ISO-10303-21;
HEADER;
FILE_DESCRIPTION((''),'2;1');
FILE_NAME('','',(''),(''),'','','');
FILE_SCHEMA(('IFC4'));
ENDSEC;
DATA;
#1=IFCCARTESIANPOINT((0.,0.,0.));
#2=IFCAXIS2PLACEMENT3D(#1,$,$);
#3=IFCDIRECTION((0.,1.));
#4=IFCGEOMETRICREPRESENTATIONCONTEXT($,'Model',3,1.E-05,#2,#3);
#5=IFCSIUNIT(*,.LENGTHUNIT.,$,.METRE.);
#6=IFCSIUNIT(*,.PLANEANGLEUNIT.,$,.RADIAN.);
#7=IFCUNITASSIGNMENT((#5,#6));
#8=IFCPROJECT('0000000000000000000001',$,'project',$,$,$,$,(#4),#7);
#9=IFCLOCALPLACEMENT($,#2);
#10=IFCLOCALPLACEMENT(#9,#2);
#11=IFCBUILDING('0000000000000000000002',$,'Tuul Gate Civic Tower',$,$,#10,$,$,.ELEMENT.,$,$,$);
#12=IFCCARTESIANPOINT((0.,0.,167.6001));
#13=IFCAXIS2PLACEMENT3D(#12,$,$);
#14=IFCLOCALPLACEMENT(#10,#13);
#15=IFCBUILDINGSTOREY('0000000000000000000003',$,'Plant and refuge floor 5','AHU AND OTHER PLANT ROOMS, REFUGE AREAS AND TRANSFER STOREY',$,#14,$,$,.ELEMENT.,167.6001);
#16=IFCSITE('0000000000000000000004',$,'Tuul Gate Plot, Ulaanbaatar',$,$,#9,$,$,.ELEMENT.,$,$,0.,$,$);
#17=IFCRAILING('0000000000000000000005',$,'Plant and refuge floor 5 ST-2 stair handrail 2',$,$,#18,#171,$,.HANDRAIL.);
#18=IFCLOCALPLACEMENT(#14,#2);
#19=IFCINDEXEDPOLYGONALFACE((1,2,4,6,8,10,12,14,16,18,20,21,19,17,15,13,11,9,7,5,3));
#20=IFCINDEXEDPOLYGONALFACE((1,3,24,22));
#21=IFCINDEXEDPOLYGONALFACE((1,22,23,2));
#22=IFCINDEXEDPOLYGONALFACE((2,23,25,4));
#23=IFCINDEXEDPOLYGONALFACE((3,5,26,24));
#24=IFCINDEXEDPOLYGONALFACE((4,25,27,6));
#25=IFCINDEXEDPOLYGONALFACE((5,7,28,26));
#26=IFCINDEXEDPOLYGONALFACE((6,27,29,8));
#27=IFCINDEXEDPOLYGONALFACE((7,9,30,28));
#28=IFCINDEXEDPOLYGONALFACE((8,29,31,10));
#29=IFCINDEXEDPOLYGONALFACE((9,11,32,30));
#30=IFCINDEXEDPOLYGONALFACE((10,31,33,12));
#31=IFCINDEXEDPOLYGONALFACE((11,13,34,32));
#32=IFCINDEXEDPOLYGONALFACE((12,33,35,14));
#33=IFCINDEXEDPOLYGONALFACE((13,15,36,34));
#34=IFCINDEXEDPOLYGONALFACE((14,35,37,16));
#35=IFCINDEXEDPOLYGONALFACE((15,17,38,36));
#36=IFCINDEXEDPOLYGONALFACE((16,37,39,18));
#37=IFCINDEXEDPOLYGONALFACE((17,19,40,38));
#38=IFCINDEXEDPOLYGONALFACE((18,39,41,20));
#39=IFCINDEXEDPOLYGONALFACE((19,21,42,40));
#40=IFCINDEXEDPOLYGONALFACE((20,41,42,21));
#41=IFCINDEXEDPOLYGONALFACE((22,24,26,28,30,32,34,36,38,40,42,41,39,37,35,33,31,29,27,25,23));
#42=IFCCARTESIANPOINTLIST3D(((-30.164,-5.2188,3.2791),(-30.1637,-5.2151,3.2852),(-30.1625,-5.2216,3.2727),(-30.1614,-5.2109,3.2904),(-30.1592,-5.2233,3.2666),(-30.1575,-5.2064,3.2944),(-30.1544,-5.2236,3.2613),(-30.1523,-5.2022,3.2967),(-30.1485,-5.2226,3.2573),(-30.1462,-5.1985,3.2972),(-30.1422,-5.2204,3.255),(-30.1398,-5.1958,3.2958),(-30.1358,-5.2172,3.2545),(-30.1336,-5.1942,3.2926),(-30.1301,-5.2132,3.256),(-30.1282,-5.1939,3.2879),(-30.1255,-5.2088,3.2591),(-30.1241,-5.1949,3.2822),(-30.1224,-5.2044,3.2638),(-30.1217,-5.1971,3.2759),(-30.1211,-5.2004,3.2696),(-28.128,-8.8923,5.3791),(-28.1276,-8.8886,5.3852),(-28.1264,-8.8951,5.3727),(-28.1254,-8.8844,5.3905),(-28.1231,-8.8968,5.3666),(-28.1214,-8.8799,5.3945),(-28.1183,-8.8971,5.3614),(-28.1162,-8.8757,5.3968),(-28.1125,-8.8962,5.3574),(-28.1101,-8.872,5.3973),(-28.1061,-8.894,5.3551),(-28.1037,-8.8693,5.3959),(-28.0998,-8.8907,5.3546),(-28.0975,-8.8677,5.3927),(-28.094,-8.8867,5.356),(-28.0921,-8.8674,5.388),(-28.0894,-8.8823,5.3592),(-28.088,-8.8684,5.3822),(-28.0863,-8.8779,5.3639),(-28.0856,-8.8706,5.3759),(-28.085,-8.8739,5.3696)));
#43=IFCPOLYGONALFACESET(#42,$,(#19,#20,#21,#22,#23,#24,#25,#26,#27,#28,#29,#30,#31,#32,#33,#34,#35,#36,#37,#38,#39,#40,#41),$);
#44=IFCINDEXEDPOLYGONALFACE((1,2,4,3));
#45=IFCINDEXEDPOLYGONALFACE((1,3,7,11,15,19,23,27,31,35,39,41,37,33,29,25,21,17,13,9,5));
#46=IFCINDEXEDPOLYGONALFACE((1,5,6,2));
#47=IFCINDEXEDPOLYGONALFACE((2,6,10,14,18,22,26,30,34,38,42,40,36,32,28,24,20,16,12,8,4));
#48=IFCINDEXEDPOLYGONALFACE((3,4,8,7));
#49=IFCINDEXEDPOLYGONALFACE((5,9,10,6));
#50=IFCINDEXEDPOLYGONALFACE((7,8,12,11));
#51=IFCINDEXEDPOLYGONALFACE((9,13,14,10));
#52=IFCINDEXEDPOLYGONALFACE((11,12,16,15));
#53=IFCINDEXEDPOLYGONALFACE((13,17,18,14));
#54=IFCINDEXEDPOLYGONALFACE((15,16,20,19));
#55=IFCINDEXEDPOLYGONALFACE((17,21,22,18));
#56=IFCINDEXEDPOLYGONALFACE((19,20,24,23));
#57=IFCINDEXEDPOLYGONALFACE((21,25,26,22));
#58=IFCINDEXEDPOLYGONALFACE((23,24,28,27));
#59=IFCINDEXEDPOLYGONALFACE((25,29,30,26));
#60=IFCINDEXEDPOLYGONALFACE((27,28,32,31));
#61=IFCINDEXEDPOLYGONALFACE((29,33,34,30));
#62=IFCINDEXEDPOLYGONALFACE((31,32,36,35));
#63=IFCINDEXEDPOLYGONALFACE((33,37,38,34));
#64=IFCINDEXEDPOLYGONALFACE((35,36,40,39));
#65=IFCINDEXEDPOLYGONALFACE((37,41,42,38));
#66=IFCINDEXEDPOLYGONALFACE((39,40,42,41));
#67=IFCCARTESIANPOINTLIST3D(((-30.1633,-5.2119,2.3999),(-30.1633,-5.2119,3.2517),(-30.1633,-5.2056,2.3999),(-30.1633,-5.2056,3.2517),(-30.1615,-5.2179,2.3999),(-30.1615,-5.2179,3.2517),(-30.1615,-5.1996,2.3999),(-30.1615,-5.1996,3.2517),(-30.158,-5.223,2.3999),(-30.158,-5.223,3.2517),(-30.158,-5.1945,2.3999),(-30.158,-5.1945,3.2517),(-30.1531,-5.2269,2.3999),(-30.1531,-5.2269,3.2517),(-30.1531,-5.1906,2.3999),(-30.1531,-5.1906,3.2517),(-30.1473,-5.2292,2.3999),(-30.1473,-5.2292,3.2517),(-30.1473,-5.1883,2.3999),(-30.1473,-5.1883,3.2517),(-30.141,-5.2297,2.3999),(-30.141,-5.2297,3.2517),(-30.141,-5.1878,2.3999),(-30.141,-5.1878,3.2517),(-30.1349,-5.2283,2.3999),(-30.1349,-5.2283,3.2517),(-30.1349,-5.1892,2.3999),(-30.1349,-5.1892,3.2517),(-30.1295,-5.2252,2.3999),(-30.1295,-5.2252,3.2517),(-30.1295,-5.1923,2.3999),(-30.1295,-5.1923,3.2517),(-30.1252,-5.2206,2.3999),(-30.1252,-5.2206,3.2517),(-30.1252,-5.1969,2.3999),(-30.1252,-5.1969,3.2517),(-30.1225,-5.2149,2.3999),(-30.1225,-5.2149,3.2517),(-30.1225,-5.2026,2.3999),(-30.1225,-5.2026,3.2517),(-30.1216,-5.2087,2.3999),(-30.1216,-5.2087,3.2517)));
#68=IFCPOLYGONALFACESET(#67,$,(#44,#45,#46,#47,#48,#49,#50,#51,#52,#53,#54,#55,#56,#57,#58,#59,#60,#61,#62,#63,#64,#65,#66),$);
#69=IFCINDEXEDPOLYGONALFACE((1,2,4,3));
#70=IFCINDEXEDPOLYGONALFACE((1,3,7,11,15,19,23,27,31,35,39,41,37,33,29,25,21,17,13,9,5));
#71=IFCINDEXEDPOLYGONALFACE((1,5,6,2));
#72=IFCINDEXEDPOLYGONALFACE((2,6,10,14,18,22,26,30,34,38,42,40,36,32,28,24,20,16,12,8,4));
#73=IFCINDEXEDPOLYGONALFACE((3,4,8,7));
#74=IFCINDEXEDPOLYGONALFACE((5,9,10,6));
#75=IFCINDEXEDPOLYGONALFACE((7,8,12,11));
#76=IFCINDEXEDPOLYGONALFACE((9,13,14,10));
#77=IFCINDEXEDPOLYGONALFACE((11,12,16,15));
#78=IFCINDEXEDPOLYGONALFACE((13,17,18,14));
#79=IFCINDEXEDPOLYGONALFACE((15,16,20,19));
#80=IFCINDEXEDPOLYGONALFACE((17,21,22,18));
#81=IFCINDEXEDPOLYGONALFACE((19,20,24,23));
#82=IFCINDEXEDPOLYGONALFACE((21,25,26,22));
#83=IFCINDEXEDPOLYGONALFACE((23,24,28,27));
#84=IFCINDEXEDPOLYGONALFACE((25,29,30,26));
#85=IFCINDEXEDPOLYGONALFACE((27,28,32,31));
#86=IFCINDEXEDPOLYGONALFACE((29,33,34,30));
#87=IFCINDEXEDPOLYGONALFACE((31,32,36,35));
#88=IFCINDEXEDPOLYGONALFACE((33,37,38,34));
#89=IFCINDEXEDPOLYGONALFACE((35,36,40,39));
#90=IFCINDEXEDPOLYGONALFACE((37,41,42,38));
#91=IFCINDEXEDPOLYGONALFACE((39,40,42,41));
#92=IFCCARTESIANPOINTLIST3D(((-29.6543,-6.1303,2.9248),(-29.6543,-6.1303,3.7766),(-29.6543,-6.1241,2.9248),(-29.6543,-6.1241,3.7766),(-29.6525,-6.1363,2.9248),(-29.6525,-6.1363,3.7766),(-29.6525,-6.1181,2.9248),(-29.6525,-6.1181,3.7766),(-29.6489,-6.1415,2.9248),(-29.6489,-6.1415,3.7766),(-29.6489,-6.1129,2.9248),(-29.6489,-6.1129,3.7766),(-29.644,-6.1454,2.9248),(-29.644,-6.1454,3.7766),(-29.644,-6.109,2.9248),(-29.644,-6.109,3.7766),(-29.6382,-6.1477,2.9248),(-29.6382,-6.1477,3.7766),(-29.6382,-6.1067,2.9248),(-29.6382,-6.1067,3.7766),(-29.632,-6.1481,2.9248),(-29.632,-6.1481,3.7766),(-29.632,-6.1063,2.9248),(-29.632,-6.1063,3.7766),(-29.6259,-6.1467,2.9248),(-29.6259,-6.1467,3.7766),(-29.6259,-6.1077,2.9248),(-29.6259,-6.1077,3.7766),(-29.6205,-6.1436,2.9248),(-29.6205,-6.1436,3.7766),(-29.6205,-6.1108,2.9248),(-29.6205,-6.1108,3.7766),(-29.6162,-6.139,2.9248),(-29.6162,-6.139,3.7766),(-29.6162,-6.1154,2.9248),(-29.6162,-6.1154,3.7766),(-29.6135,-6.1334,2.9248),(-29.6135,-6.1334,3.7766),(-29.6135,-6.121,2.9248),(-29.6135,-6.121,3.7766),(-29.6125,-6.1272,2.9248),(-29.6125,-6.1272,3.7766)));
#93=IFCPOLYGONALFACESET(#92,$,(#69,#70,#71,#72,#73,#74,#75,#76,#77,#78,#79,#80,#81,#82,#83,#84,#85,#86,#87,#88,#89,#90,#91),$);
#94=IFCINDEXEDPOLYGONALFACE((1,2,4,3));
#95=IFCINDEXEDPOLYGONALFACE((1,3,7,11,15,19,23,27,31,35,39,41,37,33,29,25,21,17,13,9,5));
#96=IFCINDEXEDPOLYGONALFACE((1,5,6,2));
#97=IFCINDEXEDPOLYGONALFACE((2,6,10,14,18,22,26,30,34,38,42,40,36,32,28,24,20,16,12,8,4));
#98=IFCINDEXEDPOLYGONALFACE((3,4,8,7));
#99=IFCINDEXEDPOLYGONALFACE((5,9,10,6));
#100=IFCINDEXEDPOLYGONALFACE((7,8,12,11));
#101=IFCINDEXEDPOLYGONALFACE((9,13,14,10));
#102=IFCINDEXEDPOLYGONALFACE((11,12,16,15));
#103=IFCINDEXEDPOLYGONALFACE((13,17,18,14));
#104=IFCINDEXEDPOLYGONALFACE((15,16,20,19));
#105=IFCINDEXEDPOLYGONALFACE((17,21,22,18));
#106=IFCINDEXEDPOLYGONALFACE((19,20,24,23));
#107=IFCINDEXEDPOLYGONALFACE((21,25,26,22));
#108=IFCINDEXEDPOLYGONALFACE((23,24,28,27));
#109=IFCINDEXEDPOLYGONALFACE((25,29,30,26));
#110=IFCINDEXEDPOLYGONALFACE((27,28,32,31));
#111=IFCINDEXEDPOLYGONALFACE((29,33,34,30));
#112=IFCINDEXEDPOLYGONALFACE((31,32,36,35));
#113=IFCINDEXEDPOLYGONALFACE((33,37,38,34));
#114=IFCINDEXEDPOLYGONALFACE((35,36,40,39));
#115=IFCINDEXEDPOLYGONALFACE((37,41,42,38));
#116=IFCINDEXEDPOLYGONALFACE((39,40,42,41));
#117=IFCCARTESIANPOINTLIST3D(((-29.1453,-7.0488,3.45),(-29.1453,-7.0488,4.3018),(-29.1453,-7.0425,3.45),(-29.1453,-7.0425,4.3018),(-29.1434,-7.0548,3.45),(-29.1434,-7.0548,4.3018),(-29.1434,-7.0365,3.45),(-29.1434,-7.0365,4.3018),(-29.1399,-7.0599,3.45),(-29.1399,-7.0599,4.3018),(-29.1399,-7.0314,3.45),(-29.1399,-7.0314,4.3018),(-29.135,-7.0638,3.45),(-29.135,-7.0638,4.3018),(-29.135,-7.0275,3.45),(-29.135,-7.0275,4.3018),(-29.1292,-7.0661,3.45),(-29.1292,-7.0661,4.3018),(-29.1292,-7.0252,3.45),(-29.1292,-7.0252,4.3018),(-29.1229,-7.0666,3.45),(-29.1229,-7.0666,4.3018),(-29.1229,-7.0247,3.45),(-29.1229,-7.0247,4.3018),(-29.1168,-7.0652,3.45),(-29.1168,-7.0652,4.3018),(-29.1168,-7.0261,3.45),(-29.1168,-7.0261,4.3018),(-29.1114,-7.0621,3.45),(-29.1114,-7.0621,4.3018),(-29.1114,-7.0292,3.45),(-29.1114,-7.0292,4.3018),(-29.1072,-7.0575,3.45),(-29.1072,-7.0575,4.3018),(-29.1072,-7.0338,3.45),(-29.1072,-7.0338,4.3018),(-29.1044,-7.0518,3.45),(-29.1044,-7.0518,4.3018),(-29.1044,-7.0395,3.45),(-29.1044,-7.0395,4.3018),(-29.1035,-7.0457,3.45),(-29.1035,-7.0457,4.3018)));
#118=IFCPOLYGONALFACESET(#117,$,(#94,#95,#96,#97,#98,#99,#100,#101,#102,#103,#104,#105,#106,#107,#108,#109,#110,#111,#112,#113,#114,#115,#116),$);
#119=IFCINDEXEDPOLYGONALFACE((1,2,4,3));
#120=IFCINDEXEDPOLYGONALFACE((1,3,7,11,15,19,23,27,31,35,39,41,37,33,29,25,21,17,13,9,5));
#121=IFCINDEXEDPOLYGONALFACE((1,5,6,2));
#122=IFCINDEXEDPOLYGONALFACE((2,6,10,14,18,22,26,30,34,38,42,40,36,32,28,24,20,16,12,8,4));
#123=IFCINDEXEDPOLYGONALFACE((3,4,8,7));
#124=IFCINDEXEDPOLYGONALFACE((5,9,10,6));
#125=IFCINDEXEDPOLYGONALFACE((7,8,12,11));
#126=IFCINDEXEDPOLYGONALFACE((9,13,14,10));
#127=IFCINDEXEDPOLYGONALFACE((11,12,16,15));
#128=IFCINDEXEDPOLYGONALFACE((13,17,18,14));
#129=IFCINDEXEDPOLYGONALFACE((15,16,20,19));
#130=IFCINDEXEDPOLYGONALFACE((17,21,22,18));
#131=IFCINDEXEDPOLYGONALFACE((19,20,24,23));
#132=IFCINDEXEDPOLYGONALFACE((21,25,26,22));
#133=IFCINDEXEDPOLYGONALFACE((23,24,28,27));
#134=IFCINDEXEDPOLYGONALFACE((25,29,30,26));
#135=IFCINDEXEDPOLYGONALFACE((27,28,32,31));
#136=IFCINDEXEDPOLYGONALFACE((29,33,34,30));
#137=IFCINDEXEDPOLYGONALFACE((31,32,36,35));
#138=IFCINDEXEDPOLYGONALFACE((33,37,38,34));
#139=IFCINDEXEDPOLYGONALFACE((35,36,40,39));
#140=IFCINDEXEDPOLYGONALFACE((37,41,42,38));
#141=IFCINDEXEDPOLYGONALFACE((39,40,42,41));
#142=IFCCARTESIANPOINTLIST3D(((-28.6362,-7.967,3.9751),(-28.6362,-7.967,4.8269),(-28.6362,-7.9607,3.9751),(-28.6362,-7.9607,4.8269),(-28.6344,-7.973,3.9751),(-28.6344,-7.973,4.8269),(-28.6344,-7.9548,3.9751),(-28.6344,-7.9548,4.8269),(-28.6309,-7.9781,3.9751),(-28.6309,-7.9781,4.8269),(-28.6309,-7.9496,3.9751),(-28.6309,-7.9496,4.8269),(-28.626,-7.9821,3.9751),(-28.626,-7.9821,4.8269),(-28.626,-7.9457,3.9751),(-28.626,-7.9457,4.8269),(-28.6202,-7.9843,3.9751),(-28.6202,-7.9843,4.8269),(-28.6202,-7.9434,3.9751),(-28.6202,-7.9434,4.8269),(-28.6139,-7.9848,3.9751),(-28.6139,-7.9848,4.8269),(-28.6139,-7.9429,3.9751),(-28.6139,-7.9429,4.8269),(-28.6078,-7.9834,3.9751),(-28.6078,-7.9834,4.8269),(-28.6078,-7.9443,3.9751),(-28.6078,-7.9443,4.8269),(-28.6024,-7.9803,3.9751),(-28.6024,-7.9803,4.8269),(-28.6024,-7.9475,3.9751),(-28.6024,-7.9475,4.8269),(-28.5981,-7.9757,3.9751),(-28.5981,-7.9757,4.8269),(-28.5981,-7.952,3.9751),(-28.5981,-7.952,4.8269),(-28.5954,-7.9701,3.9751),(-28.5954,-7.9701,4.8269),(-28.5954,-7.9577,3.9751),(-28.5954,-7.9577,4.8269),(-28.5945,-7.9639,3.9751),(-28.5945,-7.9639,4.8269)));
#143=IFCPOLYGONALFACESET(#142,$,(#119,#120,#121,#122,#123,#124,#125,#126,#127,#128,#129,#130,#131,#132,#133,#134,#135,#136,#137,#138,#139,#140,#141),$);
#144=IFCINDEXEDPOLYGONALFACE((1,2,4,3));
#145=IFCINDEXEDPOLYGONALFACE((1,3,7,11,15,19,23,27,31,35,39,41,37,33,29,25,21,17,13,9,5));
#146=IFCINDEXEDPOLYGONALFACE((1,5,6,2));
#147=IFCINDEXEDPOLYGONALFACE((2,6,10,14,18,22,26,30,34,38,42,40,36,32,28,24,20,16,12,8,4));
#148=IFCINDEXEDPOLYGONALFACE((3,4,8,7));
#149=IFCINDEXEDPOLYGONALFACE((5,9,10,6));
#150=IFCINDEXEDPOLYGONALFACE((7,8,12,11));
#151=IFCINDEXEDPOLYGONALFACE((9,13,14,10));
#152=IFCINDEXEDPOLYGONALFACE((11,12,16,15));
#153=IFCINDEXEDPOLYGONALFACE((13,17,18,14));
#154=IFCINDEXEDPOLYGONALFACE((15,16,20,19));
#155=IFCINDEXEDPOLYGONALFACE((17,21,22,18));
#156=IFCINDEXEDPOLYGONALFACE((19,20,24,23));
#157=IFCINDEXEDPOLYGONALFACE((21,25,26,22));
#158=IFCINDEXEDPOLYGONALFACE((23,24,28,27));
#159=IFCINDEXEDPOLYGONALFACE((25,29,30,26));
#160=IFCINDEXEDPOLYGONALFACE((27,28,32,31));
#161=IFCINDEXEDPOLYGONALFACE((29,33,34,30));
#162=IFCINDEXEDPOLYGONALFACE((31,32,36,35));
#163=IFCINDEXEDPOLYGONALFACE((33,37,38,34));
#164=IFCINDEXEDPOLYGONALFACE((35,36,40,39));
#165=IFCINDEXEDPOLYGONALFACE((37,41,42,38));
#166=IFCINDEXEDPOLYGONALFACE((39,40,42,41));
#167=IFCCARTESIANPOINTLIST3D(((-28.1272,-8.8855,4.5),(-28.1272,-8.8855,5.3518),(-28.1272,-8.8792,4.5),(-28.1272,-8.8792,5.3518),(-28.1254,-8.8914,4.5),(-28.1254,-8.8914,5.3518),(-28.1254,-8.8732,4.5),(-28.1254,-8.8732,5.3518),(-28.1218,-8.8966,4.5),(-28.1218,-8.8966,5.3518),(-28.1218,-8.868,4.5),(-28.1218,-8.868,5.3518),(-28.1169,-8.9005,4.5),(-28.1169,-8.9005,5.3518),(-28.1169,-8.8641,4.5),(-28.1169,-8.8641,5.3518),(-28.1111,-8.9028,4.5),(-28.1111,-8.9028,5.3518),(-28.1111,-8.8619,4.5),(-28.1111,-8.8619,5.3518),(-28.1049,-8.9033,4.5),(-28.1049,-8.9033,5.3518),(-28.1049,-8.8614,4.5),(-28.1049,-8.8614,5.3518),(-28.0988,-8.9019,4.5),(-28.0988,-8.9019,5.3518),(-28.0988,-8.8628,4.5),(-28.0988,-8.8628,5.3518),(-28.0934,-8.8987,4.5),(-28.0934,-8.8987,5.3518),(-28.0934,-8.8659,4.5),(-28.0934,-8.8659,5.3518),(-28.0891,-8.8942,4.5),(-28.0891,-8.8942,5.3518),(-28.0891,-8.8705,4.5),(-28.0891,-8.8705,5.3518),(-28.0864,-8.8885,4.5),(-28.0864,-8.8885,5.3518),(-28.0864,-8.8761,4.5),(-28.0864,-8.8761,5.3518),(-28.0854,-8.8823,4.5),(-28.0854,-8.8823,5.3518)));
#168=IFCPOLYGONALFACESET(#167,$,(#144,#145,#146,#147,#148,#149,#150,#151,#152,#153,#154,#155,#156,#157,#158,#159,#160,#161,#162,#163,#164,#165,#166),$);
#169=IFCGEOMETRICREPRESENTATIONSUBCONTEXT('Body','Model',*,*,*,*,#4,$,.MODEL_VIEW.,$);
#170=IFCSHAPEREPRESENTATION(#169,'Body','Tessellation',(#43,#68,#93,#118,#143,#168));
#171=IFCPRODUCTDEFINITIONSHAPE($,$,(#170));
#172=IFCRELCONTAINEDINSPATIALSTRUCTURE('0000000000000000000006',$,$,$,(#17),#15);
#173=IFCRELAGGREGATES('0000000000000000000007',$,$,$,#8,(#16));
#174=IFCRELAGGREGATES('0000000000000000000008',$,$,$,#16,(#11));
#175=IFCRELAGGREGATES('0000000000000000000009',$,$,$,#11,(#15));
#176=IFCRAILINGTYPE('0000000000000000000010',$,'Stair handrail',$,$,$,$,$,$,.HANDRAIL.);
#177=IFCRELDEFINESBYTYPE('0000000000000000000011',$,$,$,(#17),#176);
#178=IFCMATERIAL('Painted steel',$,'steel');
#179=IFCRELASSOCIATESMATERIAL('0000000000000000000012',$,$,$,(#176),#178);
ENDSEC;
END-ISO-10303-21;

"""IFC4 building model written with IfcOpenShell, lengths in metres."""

from ifc_helpers import new_model, si_unit, direction, frame, origin, origin_2d, place, context, subcontext, project, spatial, circle, extrude, material, type_object, element, save


model = new_model("IFC4")

# Units and contexts
model_context = context("Model", 3, precision=1e-05, world=origin(), true_north=direction((0.0, 1.0)))
body_context = subcontext(model_context, "Body", "Model", "MODEL_VIEW")
ifc_project = project(units=[si_unit("LENGTHUNIT", "METRE"), si_unit("PLANEANGLEUNIT", "RADIAN")], contexts=[model_context])

# Site, building, storey
site_placement = place(None, origin())
site = spatial("IfcSite", under=ifc_project, at=site_placement, Name="Tuul Gate Plot, Ulaanbaatar", CompositionType="ELEMENT", RefElevation=0.0)
building_placement = place(site_placement, origin())
building = spatial("IfcBuilding", under=site, at=building_placement, Name="Tuul Gate Civic Tower", CompositionType="ELEMENT")
storey_placement = place(building_placement, frame((0.0, 0.0, 167.6001)))
storey = spatial("IfcBuildingStorey", under=building, at=storey_placement, Name="Plant and refuge floor 5", Description="AHU AND OTHER PLANT ROOMS, REFUGE AREAS AND TRANSFER STOREY", CompositionType="ELEMENT", Elevation=167.6001)

# Railing
ifc_material_1 = material(Name="Painted steel", Category="steel")
railing_type_1 = type_object("IfcRailingType", Name="Stair handrail", PredefinedType="HANDRAIL", material=ifc_material_1)
railing_1_placement = place(storey_placement, frame((-30.1426, -5.2087, 2.3999)))
element("IfcRailing", 1, at=railing_1_placement, inside=storey, type_object=railing_type_1, Name="Plant and refuge floor 5 ST-2 stair handrail 2", PredefinedType="HANDRAIL", context=body_context, shape_type="SweptSolid", body=[
    extrude(circle(Radius=0.0239, at=origin_2d()), frame((0.0, 0.0, 0.876), z_axis=(0.433598, -0.782296, 0.44722), x_axis=(0.874637, 0.484779, 0.0)), (0.0, 0.0, 1.0), 4.6958),
    extrude(circle(Radius=0.021, at=origin_2d()), origin(), (0.0, 0.0, 1.0), 0.8518),
    extrude(circle(Radius=0.021, at=origin_2d()), frame((0.509, -0.9185, 0.5249)), (0.0, 0.0, 1.0), 0.8518),
    extrude(circle(Radius=0.021, at=origin_2d()), frame((1.0181, -1.8369, 1.05)), (0.0, 0.0, 1.0), 0.8518),
    extrude(circle(Radius=0.021, at=origin_2d()), frame((1.5271, -2.7551, 1.5752)), (0.0, 0.0, 1.0), 0.8518),
    extrude(circle(Radius=0.021, at=origin_2d()), frame((2.0361, -3.6736, 2.1001)), (0.0, 0.0, 1.0), 0.8518),
])

save(model, "model.ifc")
